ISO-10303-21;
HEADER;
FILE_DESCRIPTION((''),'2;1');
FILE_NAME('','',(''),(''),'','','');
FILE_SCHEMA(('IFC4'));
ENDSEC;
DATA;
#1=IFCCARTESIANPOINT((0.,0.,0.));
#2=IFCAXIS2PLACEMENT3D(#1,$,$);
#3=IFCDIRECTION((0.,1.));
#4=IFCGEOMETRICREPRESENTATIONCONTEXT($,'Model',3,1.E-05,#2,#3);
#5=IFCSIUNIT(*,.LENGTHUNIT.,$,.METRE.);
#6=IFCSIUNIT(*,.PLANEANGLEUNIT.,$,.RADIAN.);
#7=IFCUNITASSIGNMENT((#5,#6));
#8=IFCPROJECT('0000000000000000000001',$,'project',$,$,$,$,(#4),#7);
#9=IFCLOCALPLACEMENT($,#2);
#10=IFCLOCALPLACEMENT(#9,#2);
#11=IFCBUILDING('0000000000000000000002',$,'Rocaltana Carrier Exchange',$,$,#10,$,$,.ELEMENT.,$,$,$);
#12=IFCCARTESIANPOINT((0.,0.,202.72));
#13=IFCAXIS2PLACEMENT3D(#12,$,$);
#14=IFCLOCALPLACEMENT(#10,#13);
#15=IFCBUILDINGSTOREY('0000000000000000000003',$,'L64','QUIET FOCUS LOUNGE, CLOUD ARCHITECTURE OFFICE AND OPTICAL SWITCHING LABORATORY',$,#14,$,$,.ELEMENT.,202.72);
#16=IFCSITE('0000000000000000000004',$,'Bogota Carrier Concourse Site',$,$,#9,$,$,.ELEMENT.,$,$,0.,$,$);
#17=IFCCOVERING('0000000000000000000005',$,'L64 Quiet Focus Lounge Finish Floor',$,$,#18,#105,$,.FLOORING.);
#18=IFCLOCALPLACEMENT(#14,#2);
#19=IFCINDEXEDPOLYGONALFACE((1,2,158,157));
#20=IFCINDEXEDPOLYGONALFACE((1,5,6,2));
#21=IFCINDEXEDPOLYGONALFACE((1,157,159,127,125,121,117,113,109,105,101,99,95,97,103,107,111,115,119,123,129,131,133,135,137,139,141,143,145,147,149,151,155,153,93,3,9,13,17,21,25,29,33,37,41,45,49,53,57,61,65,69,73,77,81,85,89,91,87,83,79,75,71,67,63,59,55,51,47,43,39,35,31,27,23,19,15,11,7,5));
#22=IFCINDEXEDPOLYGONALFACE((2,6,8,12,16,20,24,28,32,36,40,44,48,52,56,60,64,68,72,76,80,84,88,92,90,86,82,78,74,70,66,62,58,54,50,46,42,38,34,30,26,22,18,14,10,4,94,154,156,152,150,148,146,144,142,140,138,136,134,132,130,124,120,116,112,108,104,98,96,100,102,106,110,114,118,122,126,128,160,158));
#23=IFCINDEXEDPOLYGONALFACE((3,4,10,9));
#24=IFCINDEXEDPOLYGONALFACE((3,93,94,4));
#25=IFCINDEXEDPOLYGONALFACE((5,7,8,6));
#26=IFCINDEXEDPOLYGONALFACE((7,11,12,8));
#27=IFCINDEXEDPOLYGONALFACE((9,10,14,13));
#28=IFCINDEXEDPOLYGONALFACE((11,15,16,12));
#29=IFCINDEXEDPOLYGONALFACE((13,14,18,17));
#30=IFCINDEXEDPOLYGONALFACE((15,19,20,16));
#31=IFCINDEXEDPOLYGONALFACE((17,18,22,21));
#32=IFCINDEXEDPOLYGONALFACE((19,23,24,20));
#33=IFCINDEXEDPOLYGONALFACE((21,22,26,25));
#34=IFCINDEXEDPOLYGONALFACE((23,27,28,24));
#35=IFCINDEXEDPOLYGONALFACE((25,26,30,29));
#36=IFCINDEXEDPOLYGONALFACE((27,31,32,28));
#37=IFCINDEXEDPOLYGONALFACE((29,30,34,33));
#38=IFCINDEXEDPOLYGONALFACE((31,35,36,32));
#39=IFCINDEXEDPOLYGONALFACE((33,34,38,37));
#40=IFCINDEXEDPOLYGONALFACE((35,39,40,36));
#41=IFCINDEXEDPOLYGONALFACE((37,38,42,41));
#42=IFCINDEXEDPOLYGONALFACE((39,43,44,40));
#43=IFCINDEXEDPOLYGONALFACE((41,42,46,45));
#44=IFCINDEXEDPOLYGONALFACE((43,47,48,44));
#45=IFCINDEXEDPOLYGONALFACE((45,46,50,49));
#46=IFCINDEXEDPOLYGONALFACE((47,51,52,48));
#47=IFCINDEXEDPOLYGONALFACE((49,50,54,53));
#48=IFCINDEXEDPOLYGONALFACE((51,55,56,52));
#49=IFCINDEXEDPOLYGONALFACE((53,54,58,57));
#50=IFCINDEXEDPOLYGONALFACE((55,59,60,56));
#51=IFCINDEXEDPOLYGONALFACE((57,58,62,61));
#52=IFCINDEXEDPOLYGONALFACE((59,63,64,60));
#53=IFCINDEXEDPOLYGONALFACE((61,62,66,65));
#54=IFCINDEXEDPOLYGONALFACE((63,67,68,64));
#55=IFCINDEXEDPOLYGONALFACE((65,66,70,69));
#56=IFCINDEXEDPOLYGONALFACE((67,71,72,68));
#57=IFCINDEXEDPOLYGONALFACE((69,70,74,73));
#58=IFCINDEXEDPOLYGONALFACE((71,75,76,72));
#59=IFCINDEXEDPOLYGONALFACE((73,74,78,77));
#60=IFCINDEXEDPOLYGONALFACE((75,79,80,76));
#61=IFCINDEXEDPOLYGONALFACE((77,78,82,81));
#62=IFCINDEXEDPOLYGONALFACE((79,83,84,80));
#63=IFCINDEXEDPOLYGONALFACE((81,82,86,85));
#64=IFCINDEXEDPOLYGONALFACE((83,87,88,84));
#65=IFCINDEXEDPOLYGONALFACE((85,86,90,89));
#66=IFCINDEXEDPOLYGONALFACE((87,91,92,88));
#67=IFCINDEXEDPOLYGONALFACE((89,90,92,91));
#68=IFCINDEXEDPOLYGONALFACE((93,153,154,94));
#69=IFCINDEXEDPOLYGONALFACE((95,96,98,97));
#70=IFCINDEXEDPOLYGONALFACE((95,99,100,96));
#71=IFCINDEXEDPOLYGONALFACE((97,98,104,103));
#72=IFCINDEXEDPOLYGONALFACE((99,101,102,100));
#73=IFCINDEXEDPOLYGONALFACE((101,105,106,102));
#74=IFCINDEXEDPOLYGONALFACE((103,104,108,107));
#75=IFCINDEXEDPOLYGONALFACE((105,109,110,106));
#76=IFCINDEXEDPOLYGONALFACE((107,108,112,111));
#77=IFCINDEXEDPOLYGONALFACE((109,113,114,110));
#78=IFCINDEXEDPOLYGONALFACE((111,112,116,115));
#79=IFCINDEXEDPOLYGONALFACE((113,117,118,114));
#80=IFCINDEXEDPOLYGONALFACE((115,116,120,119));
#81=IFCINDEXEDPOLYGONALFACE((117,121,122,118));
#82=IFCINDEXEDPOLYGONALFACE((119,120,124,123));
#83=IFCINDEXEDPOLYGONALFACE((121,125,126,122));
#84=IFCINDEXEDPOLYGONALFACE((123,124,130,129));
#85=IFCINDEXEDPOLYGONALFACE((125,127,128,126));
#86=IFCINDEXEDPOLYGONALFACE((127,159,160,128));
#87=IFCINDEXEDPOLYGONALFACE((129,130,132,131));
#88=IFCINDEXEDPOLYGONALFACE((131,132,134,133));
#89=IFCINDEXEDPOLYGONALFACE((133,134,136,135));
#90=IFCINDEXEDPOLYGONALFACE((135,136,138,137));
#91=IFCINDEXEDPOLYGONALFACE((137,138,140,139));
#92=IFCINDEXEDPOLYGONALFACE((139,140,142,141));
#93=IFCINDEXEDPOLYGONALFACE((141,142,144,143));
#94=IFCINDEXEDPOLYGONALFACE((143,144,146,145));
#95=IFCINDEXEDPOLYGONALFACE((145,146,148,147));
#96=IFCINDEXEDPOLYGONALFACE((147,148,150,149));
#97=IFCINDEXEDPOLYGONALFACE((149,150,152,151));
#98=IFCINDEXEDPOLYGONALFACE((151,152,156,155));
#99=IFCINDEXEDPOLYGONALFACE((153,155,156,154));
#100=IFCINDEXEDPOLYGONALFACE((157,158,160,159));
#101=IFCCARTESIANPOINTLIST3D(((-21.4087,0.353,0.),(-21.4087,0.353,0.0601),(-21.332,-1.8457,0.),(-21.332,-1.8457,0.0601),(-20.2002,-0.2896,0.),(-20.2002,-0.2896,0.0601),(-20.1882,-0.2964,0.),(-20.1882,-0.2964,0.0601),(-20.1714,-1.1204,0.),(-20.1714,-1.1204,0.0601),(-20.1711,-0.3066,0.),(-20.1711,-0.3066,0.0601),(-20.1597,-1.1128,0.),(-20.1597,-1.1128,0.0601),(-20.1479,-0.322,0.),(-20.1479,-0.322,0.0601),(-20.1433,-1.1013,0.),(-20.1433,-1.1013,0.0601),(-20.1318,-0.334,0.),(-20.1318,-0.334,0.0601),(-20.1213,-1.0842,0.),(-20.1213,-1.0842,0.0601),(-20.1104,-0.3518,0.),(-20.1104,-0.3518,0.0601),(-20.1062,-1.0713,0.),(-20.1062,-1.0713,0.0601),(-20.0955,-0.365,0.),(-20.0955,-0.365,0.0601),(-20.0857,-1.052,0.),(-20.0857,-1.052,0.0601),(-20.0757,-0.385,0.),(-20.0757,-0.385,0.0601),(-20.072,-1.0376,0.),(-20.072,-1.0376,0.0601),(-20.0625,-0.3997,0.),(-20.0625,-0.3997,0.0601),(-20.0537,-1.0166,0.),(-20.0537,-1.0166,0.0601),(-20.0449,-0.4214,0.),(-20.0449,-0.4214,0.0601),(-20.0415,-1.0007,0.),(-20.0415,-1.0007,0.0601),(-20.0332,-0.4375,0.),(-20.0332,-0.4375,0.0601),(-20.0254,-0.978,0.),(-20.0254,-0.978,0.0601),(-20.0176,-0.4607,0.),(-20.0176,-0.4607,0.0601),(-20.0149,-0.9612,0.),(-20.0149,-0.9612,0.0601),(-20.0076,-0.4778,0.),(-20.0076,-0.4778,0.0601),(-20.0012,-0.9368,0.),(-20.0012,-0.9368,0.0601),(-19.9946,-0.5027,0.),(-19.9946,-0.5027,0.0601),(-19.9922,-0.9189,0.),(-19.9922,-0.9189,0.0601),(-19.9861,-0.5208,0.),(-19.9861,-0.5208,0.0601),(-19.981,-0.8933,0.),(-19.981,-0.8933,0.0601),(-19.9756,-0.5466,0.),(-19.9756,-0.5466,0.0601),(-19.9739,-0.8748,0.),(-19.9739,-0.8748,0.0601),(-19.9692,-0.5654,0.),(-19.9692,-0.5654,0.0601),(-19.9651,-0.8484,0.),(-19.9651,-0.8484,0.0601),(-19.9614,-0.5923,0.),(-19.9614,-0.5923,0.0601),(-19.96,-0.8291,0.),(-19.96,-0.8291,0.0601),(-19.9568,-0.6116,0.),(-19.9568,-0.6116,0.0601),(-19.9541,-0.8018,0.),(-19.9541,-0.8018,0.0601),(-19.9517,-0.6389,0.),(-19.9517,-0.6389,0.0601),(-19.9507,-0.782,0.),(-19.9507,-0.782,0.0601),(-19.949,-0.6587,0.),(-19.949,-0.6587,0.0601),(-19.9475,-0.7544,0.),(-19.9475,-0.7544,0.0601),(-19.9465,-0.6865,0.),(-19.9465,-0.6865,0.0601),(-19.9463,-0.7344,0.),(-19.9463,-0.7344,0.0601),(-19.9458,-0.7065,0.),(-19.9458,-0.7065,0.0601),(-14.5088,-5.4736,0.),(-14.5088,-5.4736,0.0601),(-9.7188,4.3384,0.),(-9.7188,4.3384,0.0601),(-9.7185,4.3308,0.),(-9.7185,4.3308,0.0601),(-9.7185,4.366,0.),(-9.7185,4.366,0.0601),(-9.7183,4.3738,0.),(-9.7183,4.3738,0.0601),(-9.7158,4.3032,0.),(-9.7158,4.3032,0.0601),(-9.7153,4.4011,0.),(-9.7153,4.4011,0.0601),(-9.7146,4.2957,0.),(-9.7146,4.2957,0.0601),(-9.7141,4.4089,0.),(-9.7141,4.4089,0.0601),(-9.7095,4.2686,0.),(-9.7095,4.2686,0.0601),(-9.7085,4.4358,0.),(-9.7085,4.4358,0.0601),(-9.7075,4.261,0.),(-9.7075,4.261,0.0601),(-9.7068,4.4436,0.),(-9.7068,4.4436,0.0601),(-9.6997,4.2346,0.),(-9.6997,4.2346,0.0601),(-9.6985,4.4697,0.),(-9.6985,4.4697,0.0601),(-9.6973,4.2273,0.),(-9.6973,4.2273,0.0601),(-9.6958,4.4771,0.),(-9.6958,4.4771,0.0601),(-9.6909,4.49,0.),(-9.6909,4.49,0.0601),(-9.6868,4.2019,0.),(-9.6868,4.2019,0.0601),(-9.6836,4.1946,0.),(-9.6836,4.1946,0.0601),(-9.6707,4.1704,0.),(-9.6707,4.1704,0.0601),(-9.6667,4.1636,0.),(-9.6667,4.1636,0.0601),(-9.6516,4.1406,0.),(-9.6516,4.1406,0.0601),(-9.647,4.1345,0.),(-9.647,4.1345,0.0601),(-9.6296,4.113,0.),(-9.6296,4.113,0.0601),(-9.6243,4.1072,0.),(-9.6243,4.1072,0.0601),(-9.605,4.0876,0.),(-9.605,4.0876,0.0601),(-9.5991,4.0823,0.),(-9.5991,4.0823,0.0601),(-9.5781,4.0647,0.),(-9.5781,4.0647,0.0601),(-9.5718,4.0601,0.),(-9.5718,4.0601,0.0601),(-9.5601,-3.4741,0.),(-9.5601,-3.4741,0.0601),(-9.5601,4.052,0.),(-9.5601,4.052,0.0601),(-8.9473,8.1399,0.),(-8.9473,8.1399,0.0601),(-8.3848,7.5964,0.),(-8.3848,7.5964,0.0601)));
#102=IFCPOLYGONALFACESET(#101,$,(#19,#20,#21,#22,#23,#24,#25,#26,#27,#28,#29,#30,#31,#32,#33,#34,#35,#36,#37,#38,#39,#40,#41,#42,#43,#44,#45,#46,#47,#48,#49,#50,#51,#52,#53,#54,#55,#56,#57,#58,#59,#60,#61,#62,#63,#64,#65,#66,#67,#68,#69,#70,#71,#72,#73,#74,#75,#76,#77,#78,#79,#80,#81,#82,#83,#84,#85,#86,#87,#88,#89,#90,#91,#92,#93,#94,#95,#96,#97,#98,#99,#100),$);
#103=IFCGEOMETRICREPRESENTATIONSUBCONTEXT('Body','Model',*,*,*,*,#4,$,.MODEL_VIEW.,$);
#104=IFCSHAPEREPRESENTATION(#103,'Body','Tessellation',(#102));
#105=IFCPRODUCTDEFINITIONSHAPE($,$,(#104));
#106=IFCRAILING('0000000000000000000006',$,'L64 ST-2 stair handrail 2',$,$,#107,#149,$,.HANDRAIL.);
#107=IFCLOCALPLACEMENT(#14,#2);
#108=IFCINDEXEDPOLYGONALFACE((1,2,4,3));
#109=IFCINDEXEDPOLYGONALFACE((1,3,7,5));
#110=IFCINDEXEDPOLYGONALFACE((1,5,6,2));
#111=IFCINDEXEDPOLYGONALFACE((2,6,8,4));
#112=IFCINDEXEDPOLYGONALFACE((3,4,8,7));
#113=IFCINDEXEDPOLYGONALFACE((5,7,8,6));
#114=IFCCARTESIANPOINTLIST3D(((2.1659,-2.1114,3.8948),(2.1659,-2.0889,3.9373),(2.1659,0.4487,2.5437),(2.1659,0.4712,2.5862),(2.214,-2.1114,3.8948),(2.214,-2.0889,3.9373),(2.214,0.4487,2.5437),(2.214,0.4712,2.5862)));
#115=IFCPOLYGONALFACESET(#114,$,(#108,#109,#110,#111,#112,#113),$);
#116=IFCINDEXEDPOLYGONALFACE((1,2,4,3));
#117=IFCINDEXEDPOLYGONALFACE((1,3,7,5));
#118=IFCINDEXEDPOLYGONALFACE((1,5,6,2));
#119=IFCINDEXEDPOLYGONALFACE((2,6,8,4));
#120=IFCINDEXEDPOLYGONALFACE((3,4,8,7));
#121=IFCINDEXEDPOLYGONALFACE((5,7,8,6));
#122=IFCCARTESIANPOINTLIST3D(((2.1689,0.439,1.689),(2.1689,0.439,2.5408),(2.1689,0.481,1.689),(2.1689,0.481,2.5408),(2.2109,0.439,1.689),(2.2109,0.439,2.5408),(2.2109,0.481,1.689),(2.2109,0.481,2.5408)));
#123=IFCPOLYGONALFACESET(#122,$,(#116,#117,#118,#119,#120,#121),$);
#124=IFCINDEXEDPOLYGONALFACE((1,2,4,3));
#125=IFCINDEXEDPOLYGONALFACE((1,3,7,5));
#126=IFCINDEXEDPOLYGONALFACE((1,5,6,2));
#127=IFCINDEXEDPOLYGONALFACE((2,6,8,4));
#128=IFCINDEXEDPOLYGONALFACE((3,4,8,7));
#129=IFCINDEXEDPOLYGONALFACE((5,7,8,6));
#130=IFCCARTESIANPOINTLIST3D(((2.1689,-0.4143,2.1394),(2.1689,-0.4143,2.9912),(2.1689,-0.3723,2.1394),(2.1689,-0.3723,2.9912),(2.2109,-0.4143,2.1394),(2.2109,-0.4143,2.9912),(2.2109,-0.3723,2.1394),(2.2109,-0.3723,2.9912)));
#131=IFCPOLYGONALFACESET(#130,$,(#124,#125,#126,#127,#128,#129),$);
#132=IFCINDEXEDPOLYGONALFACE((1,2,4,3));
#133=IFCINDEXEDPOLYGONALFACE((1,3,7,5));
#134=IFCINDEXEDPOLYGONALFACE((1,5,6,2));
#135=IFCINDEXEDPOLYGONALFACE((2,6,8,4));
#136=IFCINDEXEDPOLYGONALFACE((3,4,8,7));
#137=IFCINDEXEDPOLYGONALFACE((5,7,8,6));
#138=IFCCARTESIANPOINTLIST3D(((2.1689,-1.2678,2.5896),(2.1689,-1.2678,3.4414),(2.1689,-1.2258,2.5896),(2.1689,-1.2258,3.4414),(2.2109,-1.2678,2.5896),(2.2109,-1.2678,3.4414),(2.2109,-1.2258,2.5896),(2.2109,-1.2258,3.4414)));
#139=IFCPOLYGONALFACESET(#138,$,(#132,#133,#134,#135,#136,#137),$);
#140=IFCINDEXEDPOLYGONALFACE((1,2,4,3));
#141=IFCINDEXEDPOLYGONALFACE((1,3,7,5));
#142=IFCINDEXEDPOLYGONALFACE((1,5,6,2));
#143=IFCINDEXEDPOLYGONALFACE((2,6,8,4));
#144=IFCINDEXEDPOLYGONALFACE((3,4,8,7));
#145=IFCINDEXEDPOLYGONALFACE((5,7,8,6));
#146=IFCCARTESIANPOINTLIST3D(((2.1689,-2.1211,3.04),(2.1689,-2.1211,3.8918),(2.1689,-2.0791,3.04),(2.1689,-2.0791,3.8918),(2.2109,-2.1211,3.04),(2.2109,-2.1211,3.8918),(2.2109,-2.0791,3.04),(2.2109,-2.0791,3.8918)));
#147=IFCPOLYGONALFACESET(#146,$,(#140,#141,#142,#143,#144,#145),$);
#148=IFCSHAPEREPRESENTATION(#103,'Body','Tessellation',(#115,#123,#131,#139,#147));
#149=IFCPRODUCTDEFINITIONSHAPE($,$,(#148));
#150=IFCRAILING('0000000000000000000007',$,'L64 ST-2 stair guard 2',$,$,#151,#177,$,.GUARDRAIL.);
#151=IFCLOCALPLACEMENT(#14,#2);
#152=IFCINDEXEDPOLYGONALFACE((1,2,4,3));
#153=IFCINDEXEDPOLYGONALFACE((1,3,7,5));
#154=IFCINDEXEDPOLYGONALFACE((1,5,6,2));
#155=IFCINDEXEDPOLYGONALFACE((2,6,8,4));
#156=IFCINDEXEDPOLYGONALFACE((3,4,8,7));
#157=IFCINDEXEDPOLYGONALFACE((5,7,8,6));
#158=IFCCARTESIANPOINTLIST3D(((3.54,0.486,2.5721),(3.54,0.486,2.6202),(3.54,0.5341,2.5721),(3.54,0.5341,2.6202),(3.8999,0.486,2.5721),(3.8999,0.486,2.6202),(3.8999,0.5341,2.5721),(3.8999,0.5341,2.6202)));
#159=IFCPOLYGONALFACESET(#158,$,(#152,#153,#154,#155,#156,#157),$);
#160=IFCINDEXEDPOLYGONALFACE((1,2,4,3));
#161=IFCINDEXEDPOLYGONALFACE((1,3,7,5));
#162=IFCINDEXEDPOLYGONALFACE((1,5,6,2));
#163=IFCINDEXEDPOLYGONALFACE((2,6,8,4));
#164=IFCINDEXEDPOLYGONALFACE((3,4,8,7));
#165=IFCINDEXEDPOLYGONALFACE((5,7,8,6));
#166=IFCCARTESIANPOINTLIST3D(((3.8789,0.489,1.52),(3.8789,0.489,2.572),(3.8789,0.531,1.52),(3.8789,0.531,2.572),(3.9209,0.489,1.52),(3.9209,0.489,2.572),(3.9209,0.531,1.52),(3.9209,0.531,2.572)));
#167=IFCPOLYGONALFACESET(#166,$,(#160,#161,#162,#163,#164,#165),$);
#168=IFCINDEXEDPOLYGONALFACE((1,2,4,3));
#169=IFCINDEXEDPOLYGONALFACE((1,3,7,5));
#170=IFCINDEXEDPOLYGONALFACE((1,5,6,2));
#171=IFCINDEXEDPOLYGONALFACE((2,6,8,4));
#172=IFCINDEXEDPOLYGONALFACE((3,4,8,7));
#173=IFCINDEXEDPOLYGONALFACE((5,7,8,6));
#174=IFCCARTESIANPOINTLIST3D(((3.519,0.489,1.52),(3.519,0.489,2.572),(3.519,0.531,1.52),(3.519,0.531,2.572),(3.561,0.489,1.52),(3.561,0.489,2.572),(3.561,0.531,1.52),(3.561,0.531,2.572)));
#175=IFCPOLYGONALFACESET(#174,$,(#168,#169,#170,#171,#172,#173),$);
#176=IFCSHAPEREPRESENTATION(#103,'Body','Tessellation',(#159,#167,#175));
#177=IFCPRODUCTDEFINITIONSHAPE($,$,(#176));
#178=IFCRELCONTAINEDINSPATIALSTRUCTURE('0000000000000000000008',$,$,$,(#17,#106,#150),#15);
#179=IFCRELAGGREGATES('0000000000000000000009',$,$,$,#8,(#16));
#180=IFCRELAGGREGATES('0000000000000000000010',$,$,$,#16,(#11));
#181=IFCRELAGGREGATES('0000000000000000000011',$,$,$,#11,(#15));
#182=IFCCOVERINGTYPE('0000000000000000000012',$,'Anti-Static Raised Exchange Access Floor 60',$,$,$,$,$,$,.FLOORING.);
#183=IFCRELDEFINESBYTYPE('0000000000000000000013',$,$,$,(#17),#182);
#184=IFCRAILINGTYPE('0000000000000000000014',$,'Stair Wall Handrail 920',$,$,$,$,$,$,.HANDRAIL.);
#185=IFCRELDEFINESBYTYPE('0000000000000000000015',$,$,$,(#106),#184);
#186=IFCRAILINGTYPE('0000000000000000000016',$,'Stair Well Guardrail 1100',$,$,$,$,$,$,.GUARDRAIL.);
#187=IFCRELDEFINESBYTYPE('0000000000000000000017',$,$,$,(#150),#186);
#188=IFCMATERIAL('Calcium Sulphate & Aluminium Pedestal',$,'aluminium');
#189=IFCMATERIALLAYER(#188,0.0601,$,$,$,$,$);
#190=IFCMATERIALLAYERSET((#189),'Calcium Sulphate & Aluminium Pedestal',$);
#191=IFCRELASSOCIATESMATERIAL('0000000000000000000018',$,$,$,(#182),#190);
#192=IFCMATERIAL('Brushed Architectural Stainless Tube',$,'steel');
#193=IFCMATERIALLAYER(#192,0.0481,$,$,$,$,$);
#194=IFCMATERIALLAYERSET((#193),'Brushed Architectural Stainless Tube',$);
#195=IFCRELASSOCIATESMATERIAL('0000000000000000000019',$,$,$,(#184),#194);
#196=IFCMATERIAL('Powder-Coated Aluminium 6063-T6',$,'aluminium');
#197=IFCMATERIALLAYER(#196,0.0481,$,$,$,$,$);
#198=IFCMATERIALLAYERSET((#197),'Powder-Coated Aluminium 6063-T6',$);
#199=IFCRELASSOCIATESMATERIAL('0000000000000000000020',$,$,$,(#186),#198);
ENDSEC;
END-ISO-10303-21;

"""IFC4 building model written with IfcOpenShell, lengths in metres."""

from ifc_helpers import new_model, si_unit, direction, frame, origin, origin_2d, place, context, subcontext, project, spatial, polyline, rectangle, outline, extrude, material, layer, layer_set, type_object, element, save


model = new_model("IFC4")

# Units and contexts
model_context = context("Model", 3, precision=1e-05, world=origin(), true_north=direction((0.0, 1.0)))
body_context = subcontext(model_context, "Body", "Model", "MODEL_VIEW")
ifc_project = project(units=[si_unit("LENGTHUNIT", "METRE"), si_unit("PLANEANGLEUNIT", "RADIAN")], contexts=[model_context])

# Site, building, storey
site_placement = place(None, origin())
site = spatial("IfcSite", under=ifc_project, at=site_placement, Name="Bogota Carrier Concourse Site", CompositionType="ELEMENT", RefElevation=0.0)
building_placement = place(site_placement, origin())
building = spatial("IfcBuilding", under=site, at=building_placement, Name="Rocaltana Carrier Exchange", CompositionType="ELEMENT")
storey_placement = place(building_placement, frame((0.0, 0.0, 202.72)))
storey = spatial("IfcBuildingStorey", under=building, at=storey_placement, Name="L64", Description="QUIET FOCUS LOUNGE, CLOUD ARCHITECTURE OFFICE AND OPTICAL SWITCHING LABORATORY", CompositionType="ELEMENT", Elevation=202.72)

# Covering
ifc_material_1 = material(Name="Calcium Sulphate & Aluminium Pedestal", Category="aluminium")
ifc_layer_1 = layer(ifc_material_1, 0.0601)
ifc_layer_set_1 = layer_set([ifc_layer_1], Name="Calcium Sulphate & Aluminium Pedestal")
covering_type = type_object("IfcCoveringType", Name="Anti-Static Raised Exchange Access Floor 60", PredefinedType="FLOORING", material=ifc_layer_set_1)
covering_placement = place(storey_placement, origin())
element("IfcCovering", 1, at=covering_placement, inside=storey, type_object=covering_type, Name="L64 Quiet Focus Lounge Finish Floor", PredefinedType="FLOORING", context=body_context, shape_type="SweptSolid", body=[
    extrude(outline(polyline([(-20.1714, -1.1204), (-20.1597, -1.1128), (-20.1433, -1.1013), (-20.1213, -1.0842), (-20.1062, -1.0713), (-20.0857, -1.052), (-20.072, -1.0376), (-20.0537, -1.0166), (-20.0415, -1.0007), (-20.0254, -0.978), (-20.0149, -0.9612), (-20.0012, -0.9368), (-19.9922, -0.9189), (-19.981, -0.8933), (-19.9739, -0.8748), (-19.9651, -0.8484), (-19.96, -0.8291), (-19.9541, -0.8018), (-19.9507, -0.782), (-19.9475, -0.7544), (-19.9463, -0.7344), (-19.9458, -0.7065), (-19.9465, -0.6865), (-19.949, -0.6587), (-19.9517, -0.6389), (-19.9568, -0.6116), (-19.9614, -0.5923), (-19.9692, -0.5654), (-19.9756, -0.5466), (-19.9861, -0.5208), (-19.9946, -0.5027), (-20.0076, -0.4778), (-20.0176, -0.4607), (-20.0332, -0.4375), (-20.0449, -0.4214), (-20.0625, -0.3997), (-20.0757, -0.385), (-20.0955, -0.365), (-20.1104, -0.3518), (-20.1318, -0.334), (-20.1479, -0.322), (-20.1711, -0.3066), (-20.1882, -0.2964), (-20.2002, -0.2896), (-21.4087, 0.353), (-8.9473, 8.1399), (-8.3848, 7.5964), (-9.6909, 4.49), (-9.6958, 4.4771), (-9.6985, 4.4697), (-9.7068, 4.4436), (-9.7085, 4.4358), (-9.7141, 4.4089), (-9.7153, 4.4011), (-9.7183, 4.3738), (-9.7185, 4.366), (-9.7188, 4.3384), (-9.7185, 4.3308), (-9.7158, 4.3032), (-9.7146, 4.2957), (-9.7095, 4.2686), (-9.7075, 4.261), (-9.6997, 4.2346), (-9.6973, 4.2273), (-9.6868, 4.2019), (-9.6836, 4.1946), (-9.6707, 4.1704), (-9.6667, 4.1636), (-9.6516, 4.1406), (-9.647, 4.1345), (-9.6296, 4.113), (-9.6243, 4.1072), (-9.605, 4.0876), (-9.5991, 4.0823), (-9.5781, 4.0647), (-9.5718, 4.0601), (-9.5601, 4.052), (-9.5601, -3.4741), (-14.5088, -5.4736), (-21.332, -1.8457), (-20.1714, -1.1204)])), origin(), (0.0, 0.0, 1.0), 0.0601),
])

# Railings
ifc_material_2 = material(Name="Brushed Architectural Stainless Tube", Category="steel")
ifc_layer_2 = layer(ifc_material_2, 0.0481)
ifc_layer_set_2 = layer_set([ifc_layer_2], Name="Brushed Architectural Stainless Tube")
railing_type_1 = type_object("IfcRailingType", Name="Stair Wall Handrail 920", PredefinedType="HANDRAIL", material=ifc_layer_set_2)
railing_1_placement = place(storey_placement, frame((2.1899, 0.46, 1.689)))
element("IfcRailing", 2, at=railing_1_placement, inside=storey, type_object=railing_type_1, Name="L64 ST-2 stair handrail 2", PredefinedType="HANDRAIL", context=body_context, shape_type="SweptSolid", body=[
    extrude(rectangle(XDim=0.0481, YDim=0.0481, at=origin_2d()), frame((0.0, 0.0, 0.876), z_axis=(0.0, -0.884394, 0.46674), x_axis=(1.0, 0.0, 0.0)), (0.0, 0.0, 1.0), 2.8948),
    extrude(rectangle(XDim=0.042, YDim=0.042, at=origin_2d()), origin(), (0.0, 0.0, 1.0), 0.8518),
    extrude(rectangle(XDim=0.042, YDim=0.042, at=origin_2d()), frame((0.0, -0.8533, 0.4504)), (0.0, 0.0, 1.0), 0.8518),
    extrude(rectangle(XDim=0.042, YDim=0.042, at=origin_2d()), frame((0.0, -1.7068, 0.9006)), (0.0, 0.0, 1.0), 0.8518),
    extrude(rectangle(XDim=0.042, YDim=0.042, at=origin_2d()), frame((0.0, -2.5601, 1.3511)), (0.0, 0.0, 1.0), 0.8518),
])
ifc_material_3 = material(Name="Powder-Coated Aluminium 6063-T6", Category="aluminium")
ifc_layer_3 = layer(ifc_material_3, 0.0481)
ifc_layer_set_3 = layer_set([ifc_layer_3], Name="Powder-Coated Aluminium 6063-T6")
railing_type_2 = type_object("IfcRailingType", Name="Stair Well Guardrail 1100", PredefinedType="GUARDRAIL", material=ifc_layer_set_3)
railing_2_placement = place(storey_placement, frame((3.8999, 0.51, 1.52)))
element("IfcRailing", 3, at=railing_2_placement, inside=storey, type_object=railing_type_2, Name="L64 ST-2 stair guard 2", PredefinedType="GUARDRAIL", context=body_context, shape_type="SweptSolid", body=[
    extrude(rectangle(XDim=0.0481, YDim=0.0481, at=origin_2d()), frame((0.0, 0.0, 1.0762), z_axis=(-1.0, 0.0, 0.0), x_axis=(0.0, -1.0, 0.0)), (0.0, 0.0, 1.0), 0.3599),
    extrude(rectangle(XDim=0.042, YDim=0.042, at=origin_2d()), origin(), (0.0, 0.0, 1.0), 1.052),
    extrude(rectangle(XDim=0.042, YDim=0.042, at=origin_2d()), frame((-0.3599, 0.0, 0.0)), (0.0, 0.0, 1.0), 1.052),
])

save(model, "model.ifc")
